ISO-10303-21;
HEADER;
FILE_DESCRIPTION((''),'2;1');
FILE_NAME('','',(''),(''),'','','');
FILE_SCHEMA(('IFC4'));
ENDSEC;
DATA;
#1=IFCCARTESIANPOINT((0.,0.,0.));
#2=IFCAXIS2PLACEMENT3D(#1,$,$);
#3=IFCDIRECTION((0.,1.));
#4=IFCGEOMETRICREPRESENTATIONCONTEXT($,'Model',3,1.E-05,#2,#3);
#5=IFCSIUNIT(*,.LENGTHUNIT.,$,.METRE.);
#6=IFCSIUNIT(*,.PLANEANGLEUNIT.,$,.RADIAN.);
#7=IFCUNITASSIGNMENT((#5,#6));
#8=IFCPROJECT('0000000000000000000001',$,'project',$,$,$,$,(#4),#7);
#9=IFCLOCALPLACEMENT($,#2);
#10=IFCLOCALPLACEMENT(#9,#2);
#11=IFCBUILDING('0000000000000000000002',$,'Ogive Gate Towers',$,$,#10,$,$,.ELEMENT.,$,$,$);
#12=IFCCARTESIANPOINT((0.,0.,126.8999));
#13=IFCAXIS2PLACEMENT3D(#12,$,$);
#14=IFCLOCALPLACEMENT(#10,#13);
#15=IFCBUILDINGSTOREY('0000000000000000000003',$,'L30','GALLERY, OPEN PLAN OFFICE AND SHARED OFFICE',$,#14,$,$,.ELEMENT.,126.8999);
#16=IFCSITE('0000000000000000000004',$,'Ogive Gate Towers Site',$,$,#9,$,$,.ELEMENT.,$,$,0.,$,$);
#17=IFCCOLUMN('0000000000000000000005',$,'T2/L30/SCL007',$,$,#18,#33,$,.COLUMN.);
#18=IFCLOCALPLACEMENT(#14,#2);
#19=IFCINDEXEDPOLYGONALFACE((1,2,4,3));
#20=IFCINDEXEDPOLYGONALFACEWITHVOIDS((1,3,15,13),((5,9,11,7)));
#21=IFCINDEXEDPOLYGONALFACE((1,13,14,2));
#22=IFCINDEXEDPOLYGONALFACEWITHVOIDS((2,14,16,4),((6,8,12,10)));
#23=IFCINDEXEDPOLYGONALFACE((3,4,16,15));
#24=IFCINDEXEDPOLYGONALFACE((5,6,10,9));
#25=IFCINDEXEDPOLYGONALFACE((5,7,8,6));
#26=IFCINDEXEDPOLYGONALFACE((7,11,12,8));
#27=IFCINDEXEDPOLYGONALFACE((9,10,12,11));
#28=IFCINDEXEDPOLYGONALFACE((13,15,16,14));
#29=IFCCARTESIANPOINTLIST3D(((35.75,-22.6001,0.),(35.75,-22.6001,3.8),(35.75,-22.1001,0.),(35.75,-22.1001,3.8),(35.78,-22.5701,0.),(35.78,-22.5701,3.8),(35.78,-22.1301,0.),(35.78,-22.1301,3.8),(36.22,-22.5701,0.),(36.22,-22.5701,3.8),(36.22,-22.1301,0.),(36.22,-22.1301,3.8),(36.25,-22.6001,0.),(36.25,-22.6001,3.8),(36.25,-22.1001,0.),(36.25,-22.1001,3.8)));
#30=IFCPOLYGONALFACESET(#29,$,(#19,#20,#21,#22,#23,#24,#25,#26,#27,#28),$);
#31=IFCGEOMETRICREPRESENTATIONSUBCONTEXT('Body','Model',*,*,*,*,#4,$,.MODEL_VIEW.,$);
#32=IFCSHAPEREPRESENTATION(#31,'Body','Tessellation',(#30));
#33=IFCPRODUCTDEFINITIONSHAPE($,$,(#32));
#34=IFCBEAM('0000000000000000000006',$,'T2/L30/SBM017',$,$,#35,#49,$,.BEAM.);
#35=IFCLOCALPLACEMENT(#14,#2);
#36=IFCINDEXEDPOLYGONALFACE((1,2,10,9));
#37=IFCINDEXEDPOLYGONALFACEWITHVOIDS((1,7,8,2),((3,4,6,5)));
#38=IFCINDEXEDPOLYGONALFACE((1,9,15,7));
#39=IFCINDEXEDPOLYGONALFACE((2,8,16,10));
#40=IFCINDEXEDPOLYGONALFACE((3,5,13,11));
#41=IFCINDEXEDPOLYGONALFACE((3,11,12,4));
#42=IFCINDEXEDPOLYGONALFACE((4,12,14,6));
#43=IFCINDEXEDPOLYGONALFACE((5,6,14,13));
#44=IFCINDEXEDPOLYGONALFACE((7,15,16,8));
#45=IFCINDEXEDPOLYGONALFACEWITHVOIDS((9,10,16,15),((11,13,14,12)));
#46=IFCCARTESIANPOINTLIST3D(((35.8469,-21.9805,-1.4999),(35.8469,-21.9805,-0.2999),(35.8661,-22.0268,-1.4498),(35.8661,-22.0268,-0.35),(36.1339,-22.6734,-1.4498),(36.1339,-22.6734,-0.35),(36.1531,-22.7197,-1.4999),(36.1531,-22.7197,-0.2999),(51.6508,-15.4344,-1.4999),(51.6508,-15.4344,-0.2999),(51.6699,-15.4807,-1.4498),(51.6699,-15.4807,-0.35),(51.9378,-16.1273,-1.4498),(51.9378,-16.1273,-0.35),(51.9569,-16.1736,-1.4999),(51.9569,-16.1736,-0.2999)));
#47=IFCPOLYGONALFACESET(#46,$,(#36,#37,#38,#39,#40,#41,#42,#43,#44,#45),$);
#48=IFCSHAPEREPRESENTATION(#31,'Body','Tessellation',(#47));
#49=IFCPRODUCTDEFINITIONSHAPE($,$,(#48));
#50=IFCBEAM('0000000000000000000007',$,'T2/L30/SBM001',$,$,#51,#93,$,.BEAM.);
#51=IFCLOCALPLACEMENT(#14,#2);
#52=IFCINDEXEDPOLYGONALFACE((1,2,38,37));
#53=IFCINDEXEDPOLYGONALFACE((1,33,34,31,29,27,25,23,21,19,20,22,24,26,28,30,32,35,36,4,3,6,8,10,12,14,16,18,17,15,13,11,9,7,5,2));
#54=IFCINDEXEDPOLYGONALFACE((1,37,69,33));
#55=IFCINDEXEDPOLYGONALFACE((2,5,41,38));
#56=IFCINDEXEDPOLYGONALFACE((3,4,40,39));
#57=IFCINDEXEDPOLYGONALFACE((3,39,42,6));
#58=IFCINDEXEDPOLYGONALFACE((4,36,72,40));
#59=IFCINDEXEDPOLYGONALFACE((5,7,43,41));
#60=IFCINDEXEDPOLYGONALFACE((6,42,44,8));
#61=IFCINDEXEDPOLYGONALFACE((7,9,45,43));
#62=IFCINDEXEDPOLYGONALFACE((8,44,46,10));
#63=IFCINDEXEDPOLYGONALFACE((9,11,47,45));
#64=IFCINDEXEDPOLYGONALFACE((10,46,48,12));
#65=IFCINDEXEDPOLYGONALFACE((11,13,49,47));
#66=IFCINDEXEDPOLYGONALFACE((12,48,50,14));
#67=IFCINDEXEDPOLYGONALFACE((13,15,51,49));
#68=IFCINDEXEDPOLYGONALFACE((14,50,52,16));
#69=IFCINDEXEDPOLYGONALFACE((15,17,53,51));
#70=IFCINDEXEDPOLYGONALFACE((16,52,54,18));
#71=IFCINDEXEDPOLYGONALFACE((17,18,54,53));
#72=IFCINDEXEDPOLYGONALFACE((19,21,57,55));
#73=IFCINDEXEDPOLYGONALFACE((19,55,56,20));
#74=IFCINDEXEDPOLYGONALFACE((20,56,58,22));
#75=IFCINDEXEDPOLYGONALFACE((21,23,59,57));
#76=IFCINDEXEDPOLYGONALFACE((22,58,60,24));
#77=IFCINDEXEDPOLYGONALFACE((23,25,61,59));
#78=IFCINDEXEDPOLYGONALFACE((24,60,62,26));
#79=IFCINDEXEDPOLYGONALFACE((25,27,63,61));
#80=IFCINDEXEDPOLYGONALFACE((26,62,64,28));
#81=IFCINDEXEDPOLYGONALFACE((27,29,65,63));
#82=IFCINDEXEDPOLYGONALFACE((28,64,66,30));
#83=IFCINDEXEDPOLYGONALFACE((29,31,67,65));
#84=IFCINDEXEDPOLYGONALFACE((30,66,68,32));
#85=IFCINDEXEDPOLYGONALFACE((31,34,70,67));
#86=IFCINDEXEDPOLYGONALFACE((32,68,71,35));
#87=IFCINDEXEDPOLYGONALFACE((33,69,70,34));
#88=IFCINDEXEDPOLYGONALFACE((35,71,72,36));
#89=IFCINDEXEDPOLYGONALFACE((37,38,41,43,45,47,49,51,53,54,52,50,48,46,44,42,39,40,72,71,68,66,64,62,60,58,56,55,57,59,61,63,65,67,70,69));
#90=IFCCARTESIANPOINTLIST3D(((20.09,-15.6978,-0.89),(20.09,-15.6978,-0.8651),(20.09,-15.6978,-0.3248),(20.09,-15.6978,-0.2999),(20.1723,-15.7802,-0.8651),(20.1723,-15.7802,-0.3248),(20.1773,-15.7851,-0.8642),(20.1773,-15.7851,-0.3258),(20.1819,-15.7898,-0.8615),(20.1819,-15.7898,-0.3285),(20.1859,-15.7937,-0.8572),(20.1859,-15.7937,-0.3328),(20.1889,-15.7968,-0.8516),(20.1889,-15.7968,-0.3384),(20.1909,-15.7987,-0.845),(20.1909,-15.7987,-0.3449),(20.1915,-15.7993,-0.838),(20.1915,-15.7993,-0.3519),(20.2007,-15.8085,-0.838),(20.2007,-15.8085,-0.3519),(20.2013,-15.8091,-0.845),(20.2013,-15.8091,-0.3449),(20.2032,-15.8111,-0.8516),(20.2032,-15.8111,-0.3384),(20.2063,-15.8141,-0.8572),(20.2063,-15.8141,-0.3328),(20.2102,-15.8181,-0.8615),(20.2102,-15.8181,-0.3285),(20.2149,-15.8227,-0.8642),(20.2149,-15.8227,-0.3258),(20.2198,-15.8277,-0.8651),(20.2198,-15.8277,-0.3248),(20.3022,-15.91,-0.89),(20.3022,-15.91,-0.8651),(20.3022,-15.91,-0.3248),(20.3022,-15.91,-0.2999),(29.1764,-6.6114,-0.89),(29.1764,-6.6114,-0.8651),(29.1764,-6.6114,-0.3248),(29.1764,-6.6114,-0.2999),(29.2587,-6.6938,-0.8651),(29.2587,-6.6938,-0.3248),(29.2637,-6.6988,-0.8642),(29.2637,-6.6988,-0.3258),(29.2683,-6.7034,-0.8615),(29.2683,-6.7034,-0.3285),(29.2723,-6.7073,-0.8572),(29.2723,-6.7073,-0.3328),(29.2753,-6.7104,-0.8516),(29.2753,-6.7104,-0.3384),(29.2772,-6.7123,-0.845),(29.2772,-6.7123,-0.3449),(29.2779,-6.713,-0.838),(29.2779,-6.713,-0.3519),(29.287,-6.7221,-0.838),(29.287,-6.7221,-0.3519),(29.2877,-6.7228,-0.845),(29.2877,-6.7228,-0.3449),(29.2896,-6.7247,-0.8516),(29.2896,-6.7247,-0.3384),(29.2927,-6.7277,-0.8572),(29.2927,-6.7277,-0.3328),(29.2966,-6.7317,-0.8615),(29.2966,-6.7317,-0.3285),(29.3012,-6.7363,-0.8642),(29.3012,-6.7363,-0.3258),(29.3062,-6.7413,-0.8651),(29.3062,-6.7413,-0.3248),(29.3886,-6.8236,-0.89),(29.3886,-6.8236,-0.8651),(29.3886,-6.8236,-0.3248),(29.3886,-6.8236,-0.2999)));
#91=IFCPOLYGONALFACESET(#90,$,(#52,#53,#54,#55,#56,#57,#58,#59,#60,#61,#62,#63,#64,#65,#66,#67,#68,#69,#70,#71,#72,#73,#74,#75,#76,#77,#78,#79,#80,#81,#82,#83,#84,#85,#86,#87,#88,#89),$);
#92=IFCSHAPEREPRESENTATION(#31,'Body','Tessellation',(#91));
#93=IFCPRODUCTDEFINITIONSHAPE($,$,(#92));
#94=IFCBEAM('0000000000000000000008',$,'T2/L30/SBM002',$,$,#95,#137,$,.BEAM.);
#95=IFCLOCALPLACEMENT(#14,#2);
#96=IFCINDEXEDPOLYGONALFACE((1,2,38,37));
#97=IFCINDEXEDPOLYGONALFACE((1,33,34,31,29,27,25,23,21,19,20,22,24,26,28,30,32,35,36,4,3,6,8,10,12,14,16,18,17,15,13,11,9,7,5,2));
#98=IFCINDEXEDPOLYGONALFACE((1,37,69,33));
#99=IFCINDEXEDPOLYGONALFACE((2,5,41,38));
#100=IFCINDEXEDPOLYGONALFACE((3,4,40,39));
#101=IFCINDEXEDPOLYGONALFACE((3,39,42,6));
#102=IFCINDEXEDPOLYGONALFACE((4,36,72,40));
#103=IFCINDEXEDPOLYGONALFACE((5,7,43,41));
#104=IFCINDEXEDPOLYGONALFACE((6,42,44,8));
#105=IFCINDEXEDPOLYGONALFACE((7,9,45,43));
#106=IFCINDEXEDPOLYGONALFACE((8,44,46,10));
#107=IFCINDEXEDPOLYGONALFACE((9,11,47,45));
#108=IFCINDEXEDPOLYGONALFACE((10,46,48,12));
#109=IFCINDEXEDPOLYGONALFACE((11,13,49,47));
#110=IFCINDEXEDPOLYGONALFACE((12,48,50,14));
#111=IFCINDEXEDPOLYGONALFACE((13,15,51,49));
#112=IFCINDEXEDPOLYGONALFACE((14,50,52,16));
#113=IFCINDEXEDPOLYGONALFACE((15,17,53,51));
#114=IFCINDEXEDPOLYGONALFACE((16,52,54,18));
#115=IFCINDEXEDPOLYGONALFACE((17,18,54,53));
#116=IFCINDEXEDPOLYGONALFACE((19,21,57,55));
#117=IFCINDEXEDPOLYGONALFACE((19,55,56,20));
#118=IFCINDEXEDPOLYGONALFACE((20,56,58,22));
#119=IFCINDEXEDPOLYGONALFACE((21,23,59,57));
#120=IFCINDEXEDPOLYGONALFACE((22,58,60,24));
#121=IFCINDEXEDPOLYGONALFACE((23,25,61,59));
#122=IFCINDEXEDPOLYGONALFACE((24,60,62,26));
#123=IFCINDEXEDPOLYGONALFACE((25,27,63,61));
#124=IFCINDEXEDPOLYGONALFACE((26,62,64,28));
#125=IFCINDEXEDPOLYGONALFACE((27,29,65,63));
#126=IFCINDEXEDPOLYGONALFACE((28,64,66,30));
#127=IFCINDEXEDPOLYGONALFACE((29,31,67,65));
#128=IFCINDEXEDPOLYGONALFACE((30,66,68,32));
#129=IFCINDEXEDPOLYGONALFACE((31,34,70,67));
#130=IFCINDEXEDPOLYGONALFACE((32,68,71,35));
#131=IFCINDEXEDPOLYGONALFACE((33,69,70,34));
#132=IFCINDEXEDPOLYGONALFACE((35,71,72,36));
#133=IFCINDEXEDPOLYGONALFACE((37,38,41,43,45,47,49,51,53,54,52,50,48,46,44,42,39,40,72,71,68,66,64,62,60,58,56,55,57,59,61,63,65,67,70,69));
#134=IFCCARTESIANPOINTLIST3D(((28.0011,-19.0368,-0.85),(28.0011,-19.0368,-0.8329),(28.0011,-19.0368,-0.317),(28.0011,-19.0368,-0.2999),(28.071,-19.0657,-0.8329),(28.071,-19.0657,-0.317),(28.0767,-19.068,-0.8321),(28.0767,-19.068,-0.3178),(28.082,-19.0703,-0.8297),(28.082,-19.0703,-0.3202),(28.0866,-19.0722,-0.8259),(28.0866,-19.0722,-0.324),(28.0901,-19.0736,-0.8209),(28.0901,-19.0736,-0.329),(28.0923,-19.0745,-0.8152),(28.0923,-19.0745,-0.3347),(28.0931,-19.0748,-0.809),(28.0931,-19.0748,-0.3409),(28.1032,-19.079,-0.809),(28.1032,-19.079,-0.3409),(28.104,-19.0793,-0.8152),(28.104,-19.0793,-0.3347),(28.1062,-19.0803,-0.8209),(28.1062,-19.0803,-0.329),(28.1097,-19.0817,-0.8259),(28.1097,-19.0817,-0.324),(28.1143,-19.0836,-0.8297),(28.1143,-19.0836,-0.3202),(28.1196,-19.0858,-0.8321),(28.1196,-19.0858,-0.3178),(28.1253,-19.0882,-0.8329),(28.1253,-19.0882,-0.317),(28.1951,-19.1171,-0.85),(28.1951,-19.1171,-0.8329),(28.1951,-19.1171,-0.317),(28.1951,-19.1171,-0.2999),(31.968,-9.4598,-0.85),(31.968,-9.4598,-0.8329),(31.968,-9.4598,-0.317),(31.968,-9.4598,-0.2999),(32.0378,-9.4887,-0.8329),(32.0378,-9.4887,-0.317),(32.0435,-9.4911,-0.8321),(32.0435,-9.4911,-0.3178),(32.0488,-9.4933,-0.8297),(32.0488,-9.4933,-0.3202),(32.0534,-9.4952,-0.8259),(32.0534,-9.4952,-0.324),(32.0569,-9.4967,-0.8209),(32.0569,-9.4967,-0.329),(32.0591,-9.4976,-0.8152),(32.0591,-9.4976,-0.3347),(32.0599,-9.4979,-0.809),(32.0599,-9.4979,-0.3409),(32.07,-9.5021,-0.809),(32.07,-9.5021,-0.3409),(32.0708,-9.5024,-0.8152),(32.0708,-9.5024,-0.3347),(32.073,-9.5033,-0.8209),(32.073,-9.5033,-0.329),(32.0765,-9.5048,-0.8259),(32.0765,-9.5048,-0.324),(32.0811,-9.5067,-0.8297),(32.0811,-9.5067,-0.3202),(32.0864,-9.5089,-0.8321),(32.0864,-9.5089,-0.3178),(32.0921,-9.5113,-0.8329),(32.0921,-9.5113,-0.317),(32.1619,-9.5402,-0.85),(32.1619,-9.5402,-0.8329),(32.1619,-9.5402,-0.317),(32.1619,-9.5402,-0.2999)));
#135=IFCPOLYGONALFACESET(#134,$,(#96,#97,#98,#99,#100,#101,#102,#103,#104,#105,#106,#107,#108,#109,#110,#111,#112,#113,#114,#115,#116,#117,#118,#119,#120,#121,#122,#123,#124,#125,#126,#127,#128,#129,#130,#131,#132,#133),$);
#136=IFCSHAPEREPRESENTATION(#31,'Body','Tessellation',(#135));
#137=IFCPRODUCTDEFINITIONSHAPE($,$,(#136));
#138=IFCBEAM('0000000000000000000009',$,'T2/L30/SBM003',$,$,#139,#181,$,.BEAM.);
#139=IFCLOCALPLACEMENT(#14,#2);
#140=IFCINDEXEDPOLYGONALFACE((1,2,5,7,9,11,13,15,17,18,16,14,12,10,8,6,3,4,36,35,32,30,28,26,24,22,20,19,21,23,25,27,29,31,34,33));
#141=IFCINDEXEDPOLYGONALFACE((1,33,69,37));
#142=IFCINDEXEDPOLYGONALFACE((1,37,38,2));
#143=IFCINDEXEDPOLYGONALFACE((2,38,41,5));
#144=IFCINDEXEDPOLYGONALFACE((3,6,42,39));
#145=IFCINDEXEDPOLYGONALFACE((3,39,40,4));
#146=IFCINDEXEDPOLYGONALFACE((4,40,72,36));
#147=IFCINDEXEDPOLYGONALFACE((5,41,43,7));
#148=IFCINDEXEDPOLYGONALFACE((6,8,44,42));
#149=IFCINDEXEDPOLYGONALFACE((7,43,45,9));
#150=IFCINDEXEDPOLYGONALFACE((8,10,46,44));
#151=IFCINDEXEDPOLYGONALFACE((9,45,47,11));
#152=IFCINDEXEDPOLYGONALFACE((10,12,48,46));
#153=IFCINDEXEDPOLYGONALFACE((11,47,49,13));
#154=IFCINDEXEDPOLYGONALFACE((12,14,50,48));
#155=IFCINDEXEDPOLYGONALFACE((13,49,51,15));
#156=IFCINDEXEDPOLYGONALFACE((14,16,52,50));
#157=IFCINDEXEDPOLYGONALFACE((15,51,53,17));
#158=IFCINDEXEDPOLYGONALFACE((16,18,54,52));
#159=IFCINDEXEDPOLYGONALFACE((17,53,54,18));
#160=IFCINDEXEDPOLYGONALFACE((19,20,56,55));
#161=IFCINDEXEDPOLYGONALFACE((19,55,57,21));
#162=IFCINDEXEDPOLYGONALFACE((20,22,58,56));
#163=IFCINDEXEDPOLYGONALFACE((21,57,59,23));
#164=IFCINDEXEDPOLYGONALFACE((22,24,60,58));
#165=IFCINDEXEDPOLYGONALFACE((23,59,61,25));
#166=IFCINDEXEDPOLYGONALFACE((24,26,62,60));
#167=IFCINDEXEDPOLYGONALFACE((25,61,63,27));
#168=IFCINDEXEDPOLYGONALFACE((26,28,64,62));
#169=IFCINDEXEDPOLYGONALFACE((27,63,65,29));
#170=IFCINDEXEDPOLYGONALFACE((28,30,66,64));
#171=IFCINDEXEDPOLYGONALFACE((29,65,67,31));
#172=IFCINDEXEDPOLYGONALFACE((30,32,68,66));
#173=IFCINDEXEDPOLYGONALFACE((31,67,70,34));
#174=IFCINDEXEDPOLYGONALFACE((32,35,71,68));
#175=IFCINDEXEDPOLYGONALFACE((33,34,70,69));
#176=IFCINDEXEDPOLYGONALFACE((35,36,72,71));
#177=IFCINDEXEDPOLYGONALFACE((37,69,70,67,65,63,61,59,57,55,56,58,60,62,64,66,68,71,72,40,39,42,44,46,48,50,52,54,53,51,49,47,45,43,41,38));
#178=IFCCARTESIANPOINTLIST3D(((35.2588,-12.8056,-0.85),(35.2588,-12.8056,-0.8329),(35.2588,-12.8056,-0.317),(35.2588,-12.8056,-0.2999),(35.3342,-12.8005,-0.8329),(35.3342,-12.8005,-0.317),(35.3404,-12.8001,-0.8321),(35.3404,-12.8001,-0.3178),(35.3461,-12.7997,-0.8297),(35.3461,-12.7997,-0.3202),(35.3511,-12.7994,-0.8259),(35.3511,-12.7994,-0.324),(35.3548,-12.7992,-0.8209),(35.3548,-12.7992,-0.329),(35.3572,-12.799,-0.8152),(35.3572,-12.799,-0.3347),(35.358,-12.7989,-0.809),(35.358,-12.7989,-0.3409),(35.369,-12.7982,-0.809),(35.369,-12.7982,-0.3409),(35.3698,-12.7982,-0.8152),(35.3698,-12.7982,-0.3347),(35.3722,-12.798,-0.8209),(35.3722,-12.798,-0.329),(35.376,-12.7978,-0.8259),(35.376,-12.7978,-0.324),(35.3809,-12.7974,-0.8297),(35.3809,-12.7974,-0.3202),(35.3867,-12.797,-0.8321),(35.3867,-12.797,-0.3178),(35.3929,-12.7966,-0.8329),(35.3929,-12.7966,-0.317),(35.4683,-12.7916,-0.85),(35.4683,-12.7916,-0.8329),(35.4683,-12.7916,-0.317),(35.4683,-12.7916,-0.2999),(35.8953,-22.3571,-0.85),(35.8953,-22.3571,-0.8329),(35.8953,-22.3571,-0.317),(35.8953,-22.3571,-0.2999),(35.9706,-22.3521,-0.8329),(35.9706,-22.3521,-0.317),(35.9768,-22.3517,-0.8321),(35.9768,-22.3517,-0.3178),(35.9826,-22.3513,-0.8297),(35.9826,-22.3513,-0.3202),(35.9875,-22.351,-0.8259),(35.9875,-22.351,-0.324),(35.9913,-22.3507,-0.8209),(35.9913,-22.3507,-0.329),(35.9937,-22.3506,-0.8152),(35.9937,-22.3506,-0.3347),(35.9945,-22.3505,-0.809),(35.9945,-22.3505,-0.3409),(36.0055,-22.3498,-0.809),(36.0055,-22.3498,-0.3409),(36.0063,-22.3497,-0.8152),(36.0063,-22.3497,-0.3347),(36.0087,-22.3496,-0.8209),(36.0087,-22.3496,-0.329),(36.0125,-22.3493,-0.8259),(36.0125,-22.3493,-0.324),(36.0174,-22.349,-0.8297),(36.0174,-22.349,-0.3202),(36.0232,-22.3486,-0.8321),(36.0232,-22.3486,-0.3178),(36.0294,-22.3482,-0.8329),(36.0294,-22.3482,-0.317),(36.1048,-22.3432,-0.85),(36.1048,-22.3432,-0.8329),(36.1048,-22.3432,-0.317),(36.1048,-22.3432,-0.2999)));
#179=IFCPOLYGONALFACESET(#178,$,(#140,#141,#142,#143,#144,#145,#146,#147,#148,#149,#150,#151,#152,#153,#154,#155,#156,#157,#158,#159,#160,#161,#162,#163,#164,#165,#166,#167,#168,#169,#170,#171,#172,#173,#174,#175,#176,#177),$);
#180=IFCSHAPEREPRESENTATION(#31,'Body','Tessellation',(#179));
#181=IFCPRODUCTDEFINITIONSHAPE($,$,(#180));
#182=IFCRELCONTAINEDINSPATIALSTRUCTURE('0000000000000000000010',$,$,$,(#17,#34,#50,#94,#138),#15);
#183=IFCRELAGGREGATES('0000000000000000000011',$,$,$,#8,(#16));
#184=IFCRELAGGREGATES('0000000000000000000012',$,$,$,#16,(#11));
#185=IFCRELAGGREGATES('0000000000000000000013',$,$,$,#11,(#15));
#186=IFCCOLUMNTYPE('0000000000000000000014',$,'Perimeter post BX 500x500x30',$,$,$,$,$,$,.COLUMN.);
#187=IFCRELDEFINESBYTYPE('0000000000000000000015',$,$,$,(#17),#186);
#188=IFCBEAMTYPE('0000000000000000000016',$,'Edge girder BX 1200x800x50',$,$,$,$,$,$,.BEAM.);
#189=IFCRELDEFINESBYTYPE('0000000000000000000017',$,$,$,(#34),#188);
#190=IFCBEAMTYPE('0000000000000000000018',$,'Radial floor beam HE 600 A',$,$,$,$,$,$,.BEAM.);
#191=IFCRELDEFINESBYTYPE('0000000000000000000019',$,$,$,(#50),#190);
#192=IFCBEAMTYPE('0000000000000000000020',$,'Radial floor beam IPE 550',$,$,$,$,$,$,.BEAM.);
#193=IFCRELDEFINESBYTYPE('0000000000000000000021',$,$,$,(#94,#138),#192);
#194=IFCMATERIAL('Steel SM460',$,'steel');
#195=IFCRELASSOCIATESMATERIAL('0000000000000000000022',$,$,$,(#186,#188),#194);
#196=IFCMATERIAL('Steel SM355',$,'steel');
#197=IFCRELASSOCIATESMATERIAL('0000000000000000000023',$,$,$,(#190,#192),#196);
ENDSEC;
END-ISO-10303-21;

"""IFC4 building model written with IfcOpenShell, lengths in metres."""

from ifc_helpers import new_model, si_unit, direction, frame, origin, origin_2d, place, context, subcontext, project, spatial, hollow_rectangle, i_section, extrude, material, material_profile, profile_set, type_object, element, save


model = new_model("IFC4")

# Units and contexts
model_context = context("Model", 3, precision=1e-05, world=origin(), true_north=direction((0.0, 1.0)))
body_context = subcontext(model_context, "Body", "Model", "MODEL_VIEW")
ifc_project = project(units=[si_unit("LENGTHUNIT", "METRE"), si_unit("PLANEANGLEUNIT", "RADIAN")], contexts=[model_context])

# Site, building, storey
site_placement = place(None, origin())
site = spatial("IfcSite", under=ifc_project, at=site_placement, Name="Ogive Gate Towers Site", CompositionType="ELEMENT", RefElevation=0.0)
building_placement = place(site_placement, origin())
building = spatial("IfcBuilding", under=site, at=building_placement, Name="Ogive Gate Towers", CompositionType="ELEMENT")
storey_placement = place(building_placement, frame((0.0, 0.0, 126.8999)))
storey = spatial("IfcBuildingStorey", under=building, at=storey_placement, Name="L30", Description="GALLERY, OPEN PLAN OFFICE AND SHARED OFFICE", CompositionType="ELEMENT", Elevation=126.8999)

# Column
ifc_material_1 = material(Name="Steel SM460", Category="steel")
ifc_material_profile_1 = material_profile(ifc_material_1, hollow_rectangle(XDim=0.5, YDim=0.5, WallThickness=0.03, at=origin_2d()), Name="BX 500x500x30")
ifc_profile_set_1 = profile_set([ifc_material_profile_1], Name="Steel SM460")
column_type = type_object("IfcColumnType", Name="Perimeter post BX 500x500x30", PredefinedType="COLUMN", material=ifc_profile_set_1)
column_placement = place(storey_placement, frame((36.0, -22.3501, 0.0), z_axis=(0.0, 0.0, 1.0), x_axis=(1.0, 0.0, 0.0)))
element("IfcColumn", 1, at=column_placement, inside=storey, type_object=column_type, Name="T2/L30/SCL007", PredefinedType="COLUMN", context=body_context, shape_type="SweptSolid", body=[
    extrude(hollow_rectangle(XDim=0.5, YDim=0.5, WallThickness=0.03, at=origin_2d()), origin(), (0.0, 0.0, 1.0), 3.8),
])

# Beams
ifc_material_profile_2 = material_profile(ifc_material_1, hollow_rectangle(XDim=0.8, YDim=1.2, WallThickness=0.05, at=origin_2d()), Name="BX 1200x800x50")
ifc_profile_set_2 = profile_set([ifc_material_profile_2], Name="Steel SM460")
beam_type_1 = type_object("IfcBeamType", Name="Edge girder BX 1200x800x50", PredefinedType="BEAM", material=ifc_profile_set_2)
beam_1_placement = place(storey_placement, frame((36.0, -22.3501, -0.8999), z_axis=(0.923881, 0.38268, 0.0), x_axis=(-0.38268, 0.923881, 0.0)))
element("IfcBeam", 2, at=beam_1_placement, inside=storey, type_object=beam_type_1, Name="T2/L30/SBM017", PredefinedType="BEAM", context=body_context, shape_type="SweptSolid", body=[
    extrude(hollow_rectangle(XDim=0.8, YDim=1.2, WallThickness=0.05, at=origin_2d()), origin(), (0.0, 0.0, 1.0), 17.106),
])
ifc_material_2 = material(Name="Steel SM355", Category="steel")
ifc_material_profile_3 = material_profile(ifc_material_2, i_section(OverallWidth=0.3, OverallDepth=0.5901, WebThickness=0.0129, FlangeThickness=0.0249, FilletRadius=0.0271, at=origin_2d()), Name="HE 600 A")
ifc_profile_set_3 = profile_set([ifc_material_profile_3], Name="Steel SM355")
beam_type_2 = type_object("IfcBeamType", Name="Radial floor beam HE 600 A", PredefinedType="BEAM", material=ifc_profile_set_3)
beam_2_placement = place(storey_placement, frame((29.2825, -6.7175, -0.595), z_axis=(-0.707107, -0.707107, 0.0), x_axis=(0.707107, -0.707107, 0.0)))
element("IfcBeam", 3, at=beam_2_placement, inside=storey, type_object=beam_type_2, Name="T2/L30/SBM001", PredefinedType="BEAM", context=body_context, shape_type="SweptSolid", body=[
    extrude(i_section(OverallWidth=0.3, OverallDepth=0.5901, WebThickness=0.0129, FlangeThickness=0.0249, FilletRadius=0.0271, at=origin_2d()), origin(), (0.0, 0.0, 1.0), 12.8501),
])
ifc_material_profile_4 = material_profile(ifc_material_2, i_section(OverallWidth=0.21, OverallDepth=0.55, WebThickness=0.011, FlangeThickness=0.0171, FilletRadius=0.0239, at=origin_2d()), Name="IPE 550")
ifc_profile_set_4 = profile_set([ifc_material_profile_4], Name="Steel SM355")
beam_type_3 = type_object("IfcBeamType", Name="Radial floor beam IPE 550", PredefinedType="BEAM", material=ifc_profile_set_4)
beam_3_placement = place(storey_placement, frame((32.0649, -9.5, -0.575), z_axis=(-0.382676, -0.923882, 0.0), x_axis=(0.923882, -0.382676, 0.0)))
element("IfcBeam", 4, at=beam_3_placement, inside=storey, type_object=beam_type_3, Name="T2/L30/SBM002", PredefinedType="BEAM", context=body_context, shape_type="SweptSolid", body=[
    extrude(i_section(OverallWidth=0.21, OverallDepth=0.55, WebThickness=0.011, FlangeThickness=0.0171, FilletRadius=0.0239, at=origin_2d()), origin(), (0.0, 0.0, 1.0), 10.366),
])
beam_4_placement = place(storey_placement, frame((35.3635, -12.7986, -0.575), z_axis=(0.066489, -0.997787, 0.0), x_axis=(0.997787, 0.066489, 0.0)))
element("IfcBeam", 5, at=beam_4_placement, inside=storey, type_object=beam_type_3, Name="T2/L30/SBM003", PredefinedType="BEAM", context=body_context, shape_type="SweptSolid", body=[
    extrude(i_section(OverallWidth=0.21, OverallDepth=0.55, WebThickness=0.011, FlangeThickness=0.0171, FilletRadius=0.0239, at=origin_2d()), origin(), (0.0, 0.0, 1.0), 9.5728),
])

save(model, "model.ifc")
